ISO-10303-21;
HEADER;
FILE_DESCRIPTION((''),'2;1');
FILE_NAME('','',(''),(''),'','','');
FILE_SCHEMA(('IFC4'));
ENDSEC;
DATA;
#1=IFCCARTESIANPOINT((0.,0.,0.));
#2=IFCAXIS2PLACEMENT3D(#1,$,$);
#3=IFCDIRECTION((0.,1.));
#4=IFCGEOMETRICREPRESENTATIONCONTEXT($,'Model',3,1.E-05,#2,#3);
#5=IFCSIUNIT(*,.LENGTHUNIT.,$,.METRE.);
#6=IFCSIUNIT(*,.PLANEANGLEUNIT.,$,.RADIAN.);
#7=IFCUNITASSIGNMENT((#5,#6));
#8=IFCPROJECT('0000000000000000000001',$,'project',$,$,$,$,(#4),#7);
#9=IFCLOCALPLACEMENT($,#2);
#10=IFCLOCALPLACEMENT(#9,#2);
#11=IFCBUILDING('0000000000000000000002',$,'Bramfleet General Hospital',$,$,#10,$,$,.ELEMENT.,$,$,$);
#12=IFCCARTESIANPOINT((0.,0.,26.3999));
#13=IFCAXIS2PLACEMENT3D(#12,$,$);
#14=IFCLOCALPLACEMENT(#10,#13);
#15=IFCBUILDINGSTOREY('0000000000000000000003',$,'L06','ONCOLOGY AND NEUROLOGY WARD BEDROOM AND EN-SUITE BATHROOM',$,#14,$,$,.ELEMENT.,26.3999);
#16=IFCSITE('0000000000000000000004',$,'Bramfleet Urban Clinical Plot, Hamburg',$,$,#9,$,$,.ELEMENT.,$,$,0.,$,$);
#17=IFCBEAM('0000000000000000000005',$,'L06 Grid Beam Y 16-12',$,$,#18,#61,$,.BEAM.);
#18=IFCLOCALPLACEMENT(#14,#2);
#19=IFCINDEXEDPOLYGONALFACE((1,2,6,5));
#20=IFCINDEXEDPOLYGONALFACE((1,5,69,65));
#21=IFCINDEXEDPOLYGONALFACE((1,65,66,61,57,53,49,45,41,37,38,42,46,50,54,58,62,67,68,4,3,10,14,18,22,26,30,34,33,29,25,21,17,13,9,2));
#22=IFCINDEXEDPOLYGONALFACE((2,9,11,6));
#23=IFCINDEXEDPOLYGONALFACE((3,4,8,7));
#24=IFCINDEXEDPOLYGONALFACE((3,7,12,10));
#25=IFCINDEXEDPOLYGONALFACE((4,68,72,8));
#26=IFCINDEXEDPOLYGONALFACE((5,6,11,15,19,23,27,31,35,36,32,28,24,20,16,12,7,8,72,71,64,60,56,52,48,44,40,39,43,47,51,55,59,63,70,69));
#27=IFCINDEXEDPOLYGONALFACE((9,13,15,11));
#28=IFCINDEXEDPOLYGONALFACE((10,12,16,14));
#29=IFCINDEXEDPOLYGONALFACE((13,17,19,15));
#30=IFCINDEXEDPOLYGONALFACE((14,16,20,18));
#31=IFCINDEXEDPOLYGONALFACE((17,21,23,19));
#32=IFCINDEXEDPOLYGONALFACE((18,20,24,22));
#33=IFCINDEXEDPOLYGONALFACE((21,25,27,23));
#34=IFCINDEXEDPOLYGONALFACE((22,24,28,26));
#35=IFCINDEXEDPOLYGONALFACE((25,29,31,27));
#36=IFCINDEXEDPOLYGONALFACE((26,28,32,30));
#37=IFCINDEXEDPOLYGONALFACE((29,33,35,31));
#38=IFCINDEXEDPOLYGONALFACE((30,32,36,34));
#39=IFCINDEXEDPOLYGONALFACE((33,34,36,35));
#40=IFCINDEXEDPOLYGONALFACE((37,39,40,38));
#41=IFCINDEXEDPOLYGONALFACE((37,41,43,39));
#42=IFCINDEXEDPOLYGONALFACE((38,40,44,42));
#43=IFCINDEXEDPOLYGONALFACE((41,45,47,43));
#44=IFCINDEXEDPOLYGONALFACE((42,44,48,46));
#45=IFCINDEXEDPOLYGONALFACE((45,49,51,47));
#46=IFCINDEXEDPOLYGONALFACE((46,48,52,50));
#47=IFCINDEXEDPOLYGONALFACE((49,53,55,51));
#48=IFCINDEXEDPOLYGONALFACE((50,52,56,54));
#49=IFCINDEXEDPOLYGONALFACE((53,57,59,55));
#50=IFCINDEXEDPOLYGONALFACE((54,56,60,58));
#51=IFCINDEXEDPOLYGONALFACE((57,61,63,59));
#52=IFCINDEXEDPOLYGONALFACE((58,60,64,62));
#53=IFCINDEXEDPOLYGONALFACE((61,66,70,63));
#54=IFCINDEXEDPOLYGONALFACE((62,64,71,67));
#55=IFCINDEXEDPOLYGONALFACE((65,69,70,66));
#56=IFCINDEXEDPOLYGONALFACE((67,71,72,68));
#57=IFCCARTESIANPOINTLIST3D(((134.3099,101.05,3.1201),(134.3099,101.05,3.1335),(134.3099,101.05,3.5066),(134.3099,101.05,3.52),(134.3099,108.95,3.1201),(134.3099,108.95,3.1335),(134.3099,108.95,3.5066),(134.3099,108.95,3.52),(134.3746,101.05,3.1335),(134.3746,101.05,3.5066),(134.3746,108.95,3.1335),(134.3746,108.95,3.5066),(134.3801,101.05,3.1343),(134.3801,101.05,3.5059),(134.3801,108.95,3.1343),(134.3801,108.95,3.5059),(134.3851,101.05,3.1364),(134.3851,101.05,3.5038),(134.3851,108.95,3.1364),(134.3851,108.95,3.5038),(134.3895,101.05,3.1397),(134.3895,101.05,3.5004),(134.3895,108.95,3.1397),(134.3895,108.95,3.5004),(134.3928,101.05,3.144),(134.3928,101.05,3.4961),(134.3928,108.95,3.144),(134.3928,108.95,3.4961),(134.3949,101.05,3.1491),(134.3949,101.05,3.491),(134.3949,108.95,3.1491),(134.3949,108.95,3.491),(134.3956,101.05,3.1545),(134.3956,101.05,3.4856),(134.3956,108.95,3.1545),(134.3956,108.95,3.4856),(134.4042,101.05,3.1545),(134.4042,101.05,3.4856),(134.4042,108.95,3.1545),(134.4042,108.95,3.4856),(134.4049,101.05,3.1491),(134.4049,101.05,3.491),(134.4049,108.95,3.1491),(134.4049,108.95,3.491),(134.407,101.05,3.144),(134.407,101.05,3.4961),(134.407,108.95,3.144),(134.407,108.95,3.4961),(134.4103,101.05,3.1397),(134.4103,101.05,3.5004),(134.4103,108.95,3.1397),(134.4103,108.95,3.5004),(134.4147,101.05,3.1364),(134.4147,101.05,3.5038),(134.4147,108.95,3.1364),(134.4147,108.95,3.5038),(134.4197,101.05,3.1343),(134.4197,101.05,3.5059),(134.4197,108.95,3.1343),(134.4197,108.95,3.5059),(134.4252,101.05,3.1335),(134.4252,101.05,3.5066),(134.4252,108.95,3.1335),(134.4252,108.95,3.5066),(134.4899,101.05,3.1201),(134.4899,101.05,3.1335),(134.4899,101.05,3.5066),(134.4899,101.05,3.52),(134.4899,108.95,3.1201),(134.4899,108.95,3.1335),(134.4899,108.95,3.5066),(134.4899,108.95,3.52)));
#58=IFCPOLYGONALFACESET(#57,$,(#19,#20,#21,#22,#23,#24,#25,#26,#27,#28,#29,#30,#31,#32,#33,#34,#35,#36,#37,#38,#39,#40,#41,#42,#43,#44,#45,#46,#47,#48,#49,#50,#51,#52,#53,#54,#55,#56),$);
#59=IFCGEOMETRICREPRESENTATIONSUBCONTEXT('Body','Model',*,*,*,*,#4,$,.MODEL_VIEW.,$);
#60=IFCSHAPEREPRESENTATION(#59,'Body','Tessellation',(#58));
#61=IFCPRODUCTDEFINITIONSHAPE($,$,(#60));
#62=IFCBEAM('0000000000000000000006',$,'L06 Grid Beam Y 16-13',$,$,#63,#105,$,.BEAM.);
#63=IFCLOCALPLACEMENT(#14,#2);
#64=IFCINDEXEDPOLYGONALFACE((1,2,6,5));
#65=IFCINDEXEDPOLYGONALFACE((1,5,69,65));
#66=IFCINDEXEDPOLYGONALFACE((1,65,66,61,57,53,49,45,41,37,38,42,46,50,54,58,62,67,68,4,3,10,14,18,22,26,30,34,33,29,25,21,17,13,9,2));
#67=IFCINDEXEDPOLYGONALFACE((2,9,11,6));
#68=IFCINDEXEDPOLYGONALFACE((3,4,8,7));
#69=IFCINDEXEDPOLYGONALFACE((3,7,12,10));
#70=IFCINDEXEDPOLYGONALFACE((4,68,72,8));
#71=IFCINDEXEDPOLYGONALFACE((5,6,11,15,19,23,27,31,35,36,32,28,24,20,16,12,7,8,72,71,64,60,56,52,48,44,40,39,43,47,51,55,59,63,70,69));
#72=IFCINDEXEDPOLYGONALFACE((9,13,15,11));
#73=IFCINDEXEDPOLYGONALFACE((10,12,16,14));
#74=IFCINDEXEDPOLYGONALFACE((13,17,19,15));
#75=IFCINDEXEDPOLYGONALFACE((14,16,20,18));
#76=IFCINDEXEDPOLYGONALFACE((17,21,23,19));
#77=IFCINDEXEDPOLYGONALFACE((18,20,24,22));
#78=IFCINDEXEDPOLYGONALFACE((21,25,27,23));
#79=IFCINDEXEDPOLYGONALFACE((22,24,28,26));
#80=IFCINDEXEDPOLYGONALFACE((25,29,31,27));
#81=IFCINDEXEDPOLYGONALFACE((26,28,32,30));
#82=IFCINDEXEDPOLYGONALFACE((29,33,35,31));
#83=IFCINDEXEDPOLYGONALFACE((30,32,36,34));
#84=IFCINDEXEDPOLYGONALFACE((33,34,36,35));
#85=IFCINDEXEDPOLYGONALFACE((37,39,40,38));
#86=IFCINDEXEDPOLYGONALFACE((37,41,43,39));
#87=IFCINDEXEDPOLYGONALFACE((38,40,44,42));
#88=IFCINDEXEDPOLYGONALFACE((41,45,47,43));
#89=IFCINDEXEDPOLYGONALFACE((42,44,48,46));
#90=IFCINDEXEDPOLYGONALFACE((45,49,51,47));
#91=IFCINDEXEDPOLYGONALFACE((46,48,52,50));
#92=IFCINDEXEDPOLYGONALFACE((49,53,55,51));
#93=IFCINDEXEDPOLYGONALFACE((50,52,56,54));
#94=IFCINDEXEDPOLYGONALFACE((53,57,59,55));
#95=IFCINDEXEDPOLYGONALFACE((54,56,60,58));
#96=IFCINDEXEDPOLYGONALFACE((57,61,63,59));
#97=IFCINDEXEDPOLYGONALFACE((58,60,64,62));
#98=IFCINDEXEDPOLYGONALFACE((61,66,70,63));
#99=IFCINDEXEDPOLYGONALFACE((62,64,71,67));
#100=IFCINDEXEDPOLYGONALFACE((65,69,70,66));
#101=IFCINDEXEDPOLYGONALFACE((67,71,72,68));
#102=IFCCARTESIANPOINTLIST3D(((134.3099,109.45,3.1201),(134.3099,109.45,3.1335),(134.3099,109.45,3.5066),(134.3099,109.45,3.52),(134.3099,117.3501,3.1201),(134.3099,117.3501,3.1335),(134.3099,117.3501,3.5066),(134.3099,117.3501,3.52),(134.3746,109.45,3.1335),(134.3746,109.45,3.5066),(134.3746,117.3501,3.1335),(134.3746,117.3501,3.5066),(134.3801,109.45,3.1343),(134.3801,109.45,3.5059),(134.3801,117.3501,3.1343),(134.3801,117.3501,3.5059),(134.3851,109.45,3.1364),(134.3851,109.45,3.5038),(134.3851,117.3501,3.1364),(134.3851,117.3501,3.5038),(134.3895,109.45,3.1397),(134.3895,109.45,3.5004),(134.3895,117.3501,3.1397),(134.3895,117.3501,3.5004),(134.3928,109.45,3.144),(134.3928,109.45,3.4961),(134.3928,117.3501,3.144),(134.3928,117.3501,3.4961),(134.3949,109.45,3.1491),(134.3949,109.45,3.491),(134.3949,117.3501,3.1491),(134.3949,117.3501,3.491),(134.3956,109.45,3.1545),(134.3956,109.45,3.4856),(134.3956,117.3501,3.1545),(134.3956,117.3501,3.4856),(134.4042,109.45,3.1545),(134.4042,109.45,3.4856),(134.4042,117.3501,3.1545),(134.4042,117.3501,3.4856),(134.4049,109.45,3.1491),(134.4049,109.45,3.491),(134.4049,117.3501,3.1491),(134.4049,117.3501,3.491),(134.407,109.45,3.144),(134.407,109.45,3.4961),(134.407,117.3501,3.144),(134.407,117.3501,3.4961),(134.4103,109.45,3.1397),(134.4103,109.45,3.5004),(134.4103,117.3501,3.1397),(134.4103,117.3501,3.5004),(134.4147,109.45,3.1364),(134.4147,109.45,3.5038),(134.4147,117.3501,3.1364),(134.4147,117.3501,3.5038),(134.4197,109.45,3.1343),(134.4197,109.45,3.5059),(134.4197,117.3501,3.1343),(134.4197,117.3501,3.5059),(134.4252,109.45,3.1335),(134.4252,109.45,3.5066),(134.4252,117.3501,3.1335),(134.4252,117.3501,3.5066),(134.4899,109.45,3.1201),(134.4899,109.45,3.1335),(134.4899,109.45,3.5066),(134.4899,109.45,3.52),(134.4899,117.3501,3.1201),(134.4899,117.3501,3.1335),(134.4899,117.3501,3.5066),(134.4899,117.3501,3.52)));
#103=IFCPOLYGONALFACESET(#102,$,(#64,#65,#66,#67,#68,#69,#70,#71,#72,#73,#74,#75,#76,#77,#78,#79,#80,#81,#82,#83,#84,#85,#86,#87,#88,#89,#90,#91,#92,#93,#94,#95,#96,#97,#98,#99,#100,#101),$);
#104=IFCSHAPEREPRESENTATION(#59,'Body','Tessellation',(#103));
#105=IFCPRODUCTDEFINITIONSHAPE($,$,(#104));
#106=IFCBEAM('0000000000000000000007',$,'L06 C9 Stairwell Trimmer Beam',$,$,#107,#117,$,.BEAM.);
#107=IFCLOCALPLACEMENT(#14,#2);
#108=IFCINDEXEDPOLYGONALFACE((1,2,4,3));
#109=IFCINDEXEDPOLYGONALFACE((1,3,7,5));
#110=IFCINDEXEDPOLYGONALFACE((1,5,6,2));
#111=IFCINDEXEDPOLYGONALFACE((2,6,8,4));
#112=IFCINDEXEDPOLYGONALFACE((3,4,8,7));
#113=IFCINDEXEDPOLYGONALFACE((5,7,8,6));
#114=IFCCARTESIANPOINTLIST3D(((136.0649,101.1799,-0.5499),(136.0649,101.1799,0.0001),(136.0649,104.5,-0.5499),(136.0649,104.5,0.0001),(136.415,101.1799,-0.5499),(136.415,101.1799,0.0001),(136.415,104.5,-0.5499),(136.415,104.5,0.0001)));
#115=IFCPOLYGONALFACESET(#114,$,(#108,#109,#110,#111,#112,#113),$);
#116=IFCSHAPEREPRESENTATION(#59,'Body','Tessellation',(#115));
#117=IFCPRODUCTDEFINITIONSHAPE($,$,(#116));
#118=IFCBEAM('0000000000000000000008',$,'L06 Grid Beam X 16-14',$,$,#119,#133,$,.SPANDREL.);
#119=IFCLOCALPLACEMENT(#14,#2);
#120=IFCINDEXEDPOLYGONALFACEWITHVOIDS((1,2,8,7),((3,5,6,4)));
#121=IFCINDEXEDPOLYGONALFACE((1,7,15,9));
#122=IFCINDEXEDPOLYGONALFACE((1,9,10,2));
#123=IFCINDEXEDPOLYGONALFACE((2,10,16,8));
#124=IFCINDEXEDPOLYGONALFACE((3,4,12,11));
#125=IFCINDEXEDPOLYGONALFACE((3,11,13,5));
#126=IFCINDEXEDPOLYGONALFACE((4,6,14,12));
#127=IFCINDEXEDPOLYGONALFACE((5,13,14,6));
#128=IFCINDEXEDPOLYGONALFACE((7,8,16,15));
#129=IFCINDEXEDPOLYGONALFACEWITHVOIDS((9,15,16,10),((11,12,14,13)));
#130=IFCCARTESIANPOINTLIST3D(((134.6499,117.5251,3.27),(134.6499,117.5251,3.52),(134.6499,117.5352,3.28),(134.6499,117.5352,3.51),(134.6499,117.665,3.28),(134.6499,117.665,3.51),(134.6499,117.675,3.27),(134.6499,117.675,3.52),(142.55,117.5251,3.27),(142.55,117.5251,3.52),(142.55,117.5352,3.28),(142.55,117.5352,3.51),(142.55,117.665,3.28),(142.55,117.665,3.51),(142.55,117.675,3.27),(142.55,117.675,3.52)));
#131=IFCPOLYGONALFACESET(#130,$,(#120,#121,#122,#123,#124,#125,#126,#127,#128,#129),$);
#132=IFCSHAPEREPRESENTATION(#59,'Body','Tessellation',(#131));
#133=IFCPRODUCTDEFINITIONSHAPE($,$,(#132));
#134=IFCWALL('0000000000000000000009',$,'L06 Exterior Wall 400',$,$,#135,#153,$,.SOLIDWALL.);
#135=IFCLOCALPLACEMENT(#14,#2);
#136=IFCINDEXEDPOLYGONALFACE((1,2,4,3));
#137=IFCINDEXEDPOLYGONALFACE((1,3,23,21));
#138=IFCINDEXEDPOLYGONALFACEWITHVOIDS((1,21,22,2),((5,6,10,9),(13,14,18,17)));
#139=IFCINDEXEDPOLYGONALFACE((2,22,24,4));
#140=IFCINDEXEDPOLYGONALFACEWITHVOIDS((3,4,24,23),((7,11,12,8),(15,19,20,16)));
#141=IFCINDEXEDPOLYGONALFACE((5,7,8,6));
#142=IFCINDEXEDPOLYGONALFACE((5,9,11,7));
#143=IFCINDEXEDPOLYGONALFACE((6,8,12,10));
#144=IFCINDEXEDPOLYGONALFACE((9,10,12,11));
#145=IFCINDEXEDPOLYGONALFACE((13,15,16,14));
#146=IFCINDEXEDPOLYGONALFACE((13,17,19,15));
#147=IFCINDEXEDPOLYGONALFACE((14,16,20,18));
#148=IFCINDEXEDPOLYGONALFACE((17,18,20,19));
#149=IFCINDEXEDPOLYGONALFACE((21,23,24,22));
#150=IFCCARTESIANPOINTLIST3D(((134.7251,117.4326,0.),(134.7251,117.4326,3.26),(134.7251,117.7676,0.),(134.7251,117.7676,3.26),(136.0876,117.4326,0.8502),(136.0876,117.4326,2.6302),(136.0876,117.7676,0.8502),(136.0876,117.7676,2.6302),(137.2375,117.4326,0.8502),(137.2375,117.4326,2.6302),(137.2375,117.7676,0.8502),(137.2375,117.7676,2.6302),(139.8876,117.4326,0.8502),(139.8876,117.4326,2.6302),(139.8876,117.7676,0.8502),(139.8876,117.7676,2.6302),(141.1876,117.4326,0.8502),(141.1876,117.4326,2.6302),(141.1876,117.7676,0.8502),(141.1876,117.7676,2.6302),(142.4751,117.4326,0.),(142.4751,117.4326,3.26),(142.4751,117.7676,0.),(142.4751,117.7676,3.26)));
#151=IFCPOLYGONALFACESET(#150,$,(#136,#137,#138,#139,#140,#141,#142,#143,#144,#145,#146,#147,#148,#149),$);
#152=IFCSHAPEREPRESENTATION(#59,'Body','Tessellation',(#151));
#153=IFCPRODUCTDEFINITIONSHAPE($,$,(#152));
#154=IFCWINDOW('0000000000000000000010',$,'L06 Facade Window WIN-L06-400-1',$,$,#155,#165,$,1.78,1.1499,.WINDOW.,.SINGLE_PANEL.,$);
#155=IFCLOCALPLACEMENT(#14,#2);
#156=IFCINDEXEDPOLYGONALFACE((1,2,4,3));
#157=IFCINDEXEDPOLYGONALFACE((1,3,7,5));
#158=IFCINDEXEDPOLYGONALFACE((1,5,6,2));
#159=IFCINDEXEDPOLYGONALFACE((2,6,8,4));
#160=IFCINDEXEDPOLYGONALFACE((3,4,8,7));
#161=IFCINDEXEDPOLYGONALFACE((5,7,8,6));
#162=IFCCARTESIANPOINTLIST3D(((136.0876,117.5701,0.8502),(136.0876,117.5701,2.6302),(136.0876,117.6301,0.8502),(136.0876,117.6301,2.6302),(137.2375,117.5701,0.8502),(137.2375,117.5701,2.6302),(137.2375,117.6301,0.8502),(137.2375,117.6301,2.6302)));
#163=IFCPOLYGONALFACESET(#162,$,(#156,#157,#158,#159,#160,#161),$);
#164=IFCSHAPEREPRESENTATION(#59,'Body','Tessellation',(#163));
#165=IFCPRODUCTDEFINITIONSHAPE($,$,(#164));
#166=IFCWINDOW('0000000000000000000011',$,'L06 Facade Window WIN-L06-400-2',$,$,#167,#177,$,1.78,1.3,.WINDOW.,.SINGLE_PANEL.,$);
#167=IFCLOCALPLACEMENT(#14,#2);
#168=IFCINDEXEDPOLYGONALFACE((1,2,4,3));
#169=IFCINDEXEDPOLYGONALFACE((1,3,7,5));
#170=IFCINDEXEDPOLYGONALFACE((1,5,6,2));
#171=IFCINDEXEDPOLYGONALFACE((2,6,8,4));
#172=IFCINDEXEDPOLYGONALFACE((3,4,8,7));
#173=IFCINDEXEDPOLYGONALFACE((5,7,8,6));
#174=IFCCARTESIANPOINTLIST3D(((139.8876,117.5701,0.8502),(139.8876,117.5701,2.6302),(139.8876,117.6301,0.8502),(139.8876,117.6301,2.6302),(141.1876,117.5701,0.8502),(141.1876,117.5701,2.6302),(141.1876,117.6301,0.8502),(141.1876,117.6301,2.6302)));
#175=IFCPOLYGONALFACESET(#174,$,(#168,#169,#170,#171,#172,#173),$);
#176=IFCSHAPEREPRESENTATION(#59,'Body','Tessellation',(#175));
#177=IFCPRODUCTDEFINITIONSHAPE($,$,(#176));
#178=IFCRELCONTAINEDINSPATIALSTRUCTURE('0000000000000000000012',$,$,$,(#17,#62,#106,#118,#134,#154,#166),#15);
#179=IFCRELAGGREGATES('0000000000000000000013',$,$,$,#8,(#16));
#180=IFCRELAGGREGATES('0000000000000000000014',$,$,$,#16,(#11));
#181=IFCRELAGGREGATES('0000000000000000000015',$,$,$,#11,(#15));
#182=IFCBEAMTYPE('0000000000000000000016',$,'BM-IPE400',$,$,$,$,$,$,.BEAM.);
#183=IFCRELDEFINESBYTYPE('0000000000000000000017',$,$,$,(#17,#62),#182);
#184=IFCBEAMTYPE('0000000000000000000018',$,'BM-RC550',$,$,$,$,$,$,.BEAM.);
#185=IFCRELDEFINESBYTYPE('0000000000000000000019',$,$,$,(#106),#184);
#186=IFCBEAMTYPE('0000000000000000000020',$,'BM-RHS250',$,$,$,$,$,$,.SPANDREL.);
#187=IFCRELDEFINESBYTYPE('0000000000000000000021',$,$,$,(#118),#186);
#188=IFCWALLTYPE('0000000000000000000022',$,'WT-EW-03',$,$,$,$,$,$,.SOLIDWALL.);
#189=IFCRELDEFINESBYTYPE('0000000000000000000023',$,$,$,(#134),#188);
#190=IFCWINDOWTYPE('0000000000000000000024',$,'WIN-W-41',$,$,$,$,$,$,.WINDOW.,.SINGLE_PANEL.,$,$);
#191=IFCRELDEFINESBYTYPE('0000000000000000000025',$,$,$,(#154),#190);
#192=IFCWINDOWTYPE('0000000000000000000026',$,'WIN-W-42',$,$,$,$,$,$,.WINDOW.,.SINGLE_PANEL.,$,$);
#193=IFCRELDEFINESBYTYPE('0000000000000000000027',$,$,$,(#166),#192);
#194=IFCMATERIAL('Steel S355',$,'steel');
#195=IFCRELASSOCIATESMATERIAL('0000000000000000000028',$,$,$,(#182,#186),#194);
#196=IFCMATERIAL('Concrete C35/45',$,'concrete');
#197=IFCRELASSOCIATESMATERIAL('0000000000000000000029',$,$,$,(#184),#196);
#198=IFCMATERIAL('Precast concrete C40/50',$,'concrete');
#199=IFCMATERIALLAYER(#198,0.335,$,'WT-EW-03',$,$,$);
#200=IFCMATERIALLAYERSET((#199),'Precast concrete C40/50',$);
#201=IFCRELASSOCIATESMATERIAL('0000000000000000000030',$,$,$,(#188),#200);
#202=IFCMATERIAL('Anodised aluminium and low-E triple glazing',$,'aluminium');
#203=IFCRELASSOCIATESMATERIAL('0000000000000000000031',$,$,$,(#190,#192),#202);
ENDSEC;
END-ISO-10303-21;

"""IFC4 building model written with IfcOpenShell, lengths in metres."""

from ifc_helpers import new_model, si_unit, direction, frame, frame_2d, origin, origin_2d, place, context, subcontext, project, spatial, rectangle, hollow_rectangle, i_section, extrude, material, layer, layer_set, material_profile, profile_set, type_object, element, fill, save


model = new_model("IFC4")

# Units and contexts
model_context = context("Model", 3, precision=1e-05, world=origin(), true_north=direction((0.0, 1.0)))
body_context = subcontext(model_context, "Body", "Model", "MODEL_VIEW")
ifc_project = project(units=[si_unit("LENGTHUNIT", "METRE"), si_unit("PLANEANGLEUNIT", "RADIAN")], contexts=[model_context])

# Site, building, storey
site_placement = place(None, origin())
site = spatial("IfcSite", under=ifc_project, at=site_placement, Name="Bramfleet Urban Clinical Plot, Hamburg", CompositionType="ELEMENT", RefElevation=0.0)
building_placement = place(site_placement, origin())
building = spatial("IfcBuilding", under=site, at=building_placement, Name="Bramfleet General Hospital", CompositionType="ELEMENT")
storey_placement = place(building_placement, frame((0.0, 0.0, 26.3999)))
storey = spatial("IfcBuildingStorey", under=building, at=storey_placement, Name="L06", Description="ONCOLOGY AND NEUROLOGY WARD BEDROOM AND EN-SUITE BATHROOM", CompositionType="ELEMENT", Elevation=26.3999)

# Beams
ifc_material_1 = material(Name="Steel S355", Category="steel")
ifc_material_profile_1 = material_profile(ifc_material_1, i_section(OverallWidth=0.1799, OverallDepth=0.3999, WebThickness=0.0085, FlangeThickness=0.0134, FilletRadius=0.021, at=origin_2d()), Name="IPE 400")
ifc_profile_set_1 = profile_set([ifc_material_profile_1], Name="Steel S355")
beam_type_1 = type_object("IfcBeamType", Name="BM-IPE400", PredefinedType="BEAM", material=ifc_profile_set_1)
beam_1_placement = place(storey_placement, frame((134.3999, 101.05, 3.3201), z_axis=(0.0, 1.0, 0.0), x_axis=(-1.0, 0.0, 0.0)))
element("IfcBeam", 1, at=beam_1_placement, inside=storey, type_object=beam_type_1, Name="L06 Grid Beam Y 16-12", PredefinedType="BEAM", context=body_context, shape_type="SweptSolid", body=[
    extrude(i_section(OverallWidth=0.1799, OverallDepth=0.3999, WebThickness=0.0085, FlangeThickness=0.0134, FilletRadius=0.021, at=origin_2d()), origin(), (0.0, 0.0, 1.0), 7.8999),
])
beam_2_placement = place(storey_placement, frame((134.3999, 109.45, 3.3201), z_axis=(0.0, 1.0, 0.0), x_axis=(-1.0, 0.0, 0.0)))
element("IfcBeam", 2, at=beam_2_placement, inside=storey, type_object=beam_type_1, Name="L06 Grid Beam Y 16-13", PredefinedType="BEAM", context=body_context, shape_type="SweptSolid", body=[
    extrude(i_section(OverallWidth=0.1799, OverallDepth=0.3999, WebThickness=0.0085, FlangeThickness=0.0134, FilletRadius=0.021, at=origin_2d()), origin(), (0.0, 0.0, 1.0), 7.9001),
])
ifc_material_2 = material(Name="Concrete C35/45", Category="concrete")
ifc_material_profile_2 = material_profile(ifc_material_2, rectangle(XDim=0.3501, YDim=0.55, at=origin_2d()), Name="RC BM 550x350")
ifc_profile_set_2 = profile_set([ifc_material_profile_2], Name="Concrete C35/45")
beam_type_2 = type_object("IfcBeamType", Name="BM-RC550", PredefinedType="BEAM", material=ifc_profile_set_2)
beam_3_placement = place(storey_placement, frame((136.24, 101.1799, -0.2749), z_axis=(0.0, 1.0, 0.0), x_axis=(-1.0, 0.0, 0.0)))
element("IfcBeam", 3, at=beam_3_placement, inside=storey, type_object=beam_type_2, Name="L06 C9 Stairwell Trimmer Beam", PredefinedType="BEAM", context=body_context, shape_type="SweptSolid", body=[
    extrude(rectangle(XDim=0.3501, YDim=0.55, at=origin_2d()), origin(), (0.0, 0.0, 1.0), 3.3201),
])
ifc_material_profile_3 = material_profile(ifc_material_1, hollow_rectangle(XDim=0.1499, YDim=0.25, WallThickness=0.01, at=origin_2d()), Name="RHS 250x150x10.0")
ifc_profile_set_3 = profile_set([ifc_material_profile_3], Name="Steel S355")
beam_type_3 = type_object("IfcBeamType", Name="BM-RHS250", PredefinedType="SPANDREL", material=ifc_profile_set_3)
beam_4_placement = place(storey_placement, frame((134.6499, 117.6001, 3.395), z_axis=(1.0, 0.0, 0.0), x_axis=(0.0, 1.0, 0.0)))
element("IfcBeam", 4, at=beam_4_placement, inside=storey, type_object=beam_type_3, Name="L06 Grid Beam X 16-14", PredefinedType="SPANDREL", context=body_context, shape_type="SweptSolid", body=[
    extrude(hollow_rectangle(XDim=0.1499, YDim=0.25, WallThickness=0.01, at=origin_2d()), origin(), (0.0, 0.0, 1.0), 7.9001),
])

# Wall, openings, windows
ifc_material_3 = material(Name="Precast concrete C40/50", Category="concrete")
ifc_layer_1 = layer(ifc_material_3, 0.335, Name="WT-EW-03")
ifc_layer_set_1 = layer_set([ifc_layer_1], Name="Precast concrete C40/50")
wall_type_1 = type_object("IfcWallType", Name="WT-EW-03", PredefinedType="SOLIDWALL", material=ifc_layer_set_1)
wall_1_placement = place(storey_placement, frame((134.7251, 117.6001, 0.0), z_axis=(0.0, 0.0, 1.0), x_axis=(1.0, 0.0, 0.0)))
wall_1 = element("IfcWall", 5, at=wall_1_placement, inside=storey, type_object=wall_type_1, Name="L06 Exterior Wall 400", PredefinedType="SOLIDWALL", context=body_context, shape_type="SweptSolid", body=[
    extrude(rectangle(XDim=7.75, YDim=0.335, at=frame_2d((3.875, 0.0))), origin(), (0.0, 0.0, 1.0), 3.26),
])
opening_1_placement = place(wall_1_placement, frame((1.3625, 0.0, 0.8501)))
opening_1 = element("IfcOpeningElement", 6, at=opening_1_placement, cuts=wall_1, PredefinedType="OPENING", context=body_context, shape_type="SweptSolid", body=[
    extrude(rectangle(XDim=1.1499, YDim=1.78, at=frame_2d((0.575, 0.8901))), frame((0.0, 0.1775, 0.0), z_axis=(0.0, -1.0, 0.0), x_axis=(1.0, 0.0, 0.0)), (0.0, 0.0, 1.0), 0.355),
])
opening_2_placement = place(wall_1_placement, frame((5.1626, 0.0, 0.8501)))
opening_2 = element("IfcOpeningElement", 7, at=opening_2_placement, cuts=wall_1, PredefinedType="OPENING", context=body_context, shape_type="SweptSolid", body=[
    extrude(rectangle(XDim=1.3, YDim=1.78, at=frame_2d((0.6499, 0.8901))), frame((0.0, 0.1775, 0.0), z_axis=(0.0, -1.0, 0.0), x_axis=(1.0, 0.0, 0.0)), (0.0, 0.0, 1.0), 0.355),
])
ifc_material_4 = material(Name="Anodised aluminium and low-E triple glazing", Category="aluminium")
window_type_1 = type_object("IfcWindowType", Name="WIN-W-41", PartitioningType="SINGLE_PANEL", PredefinedType="WINDOW", material=ifc_material_4)
window_1_placement = place(opening_1_placement, origin())
window_1 = element("IfcWindow", 8, at=window_1_placement, inside=storey, type_object=window_type_1, Name="L06 Facade Window WIN-L06-400-1", OverallHeight=1.78, OverallWidth=1.1499, PartitioningType="SINGLE_PANEL", PredefinedType="WINDOW", context=body_context, shape_type="SweptSolid", body=[
    extrude(rectangle(XDim=1.1499, YDim=1.78, at=frame_2d((0.575, 0.8901))), frame((0.0, 0.03, 0.0), z_axis=(0.0, -1.0, 0.0), x_axis=(1.0, 0.0, 0.0)), (0.0, 0.0, 1.0), 0.0601),
])
fill(opening_1, window_1)
window_type_2 = type_object("IfcWindowType", Name="WIN-W-42", PartitioningType="SINGLE_PANEL", PredefinedType="WINDOW", material=ifc_material_4)
window_2_placement = place(opening_2_placement, origin())
window_2 = element("IfcWindow", 9, at=window_2_placement, inside=storey, type_object=window_type_2, Name="L06 Facade Window WIN-L06-400-2", OverallHeight=1.78, OverallWidth=1.3, PartitioningType="SINGLE_PANEL", PredefinedType="WINDOW", context=body_context, shape_type="SweptSolid", body=[
    extrude(rectangle(XDim=1.3, YDim=1.78, at=frame_2d((0.6499, 0.8901))), frame((0.0, 0.03, 0.0), z_axis=(0.0, -1.0, 0.0), x_axis=(1.0, 0.0, 0.0)), (0.0, 0.0, 1.0), 0.0601),
])
fill(opening_2, window_2)

save(model, "model.ifc")
